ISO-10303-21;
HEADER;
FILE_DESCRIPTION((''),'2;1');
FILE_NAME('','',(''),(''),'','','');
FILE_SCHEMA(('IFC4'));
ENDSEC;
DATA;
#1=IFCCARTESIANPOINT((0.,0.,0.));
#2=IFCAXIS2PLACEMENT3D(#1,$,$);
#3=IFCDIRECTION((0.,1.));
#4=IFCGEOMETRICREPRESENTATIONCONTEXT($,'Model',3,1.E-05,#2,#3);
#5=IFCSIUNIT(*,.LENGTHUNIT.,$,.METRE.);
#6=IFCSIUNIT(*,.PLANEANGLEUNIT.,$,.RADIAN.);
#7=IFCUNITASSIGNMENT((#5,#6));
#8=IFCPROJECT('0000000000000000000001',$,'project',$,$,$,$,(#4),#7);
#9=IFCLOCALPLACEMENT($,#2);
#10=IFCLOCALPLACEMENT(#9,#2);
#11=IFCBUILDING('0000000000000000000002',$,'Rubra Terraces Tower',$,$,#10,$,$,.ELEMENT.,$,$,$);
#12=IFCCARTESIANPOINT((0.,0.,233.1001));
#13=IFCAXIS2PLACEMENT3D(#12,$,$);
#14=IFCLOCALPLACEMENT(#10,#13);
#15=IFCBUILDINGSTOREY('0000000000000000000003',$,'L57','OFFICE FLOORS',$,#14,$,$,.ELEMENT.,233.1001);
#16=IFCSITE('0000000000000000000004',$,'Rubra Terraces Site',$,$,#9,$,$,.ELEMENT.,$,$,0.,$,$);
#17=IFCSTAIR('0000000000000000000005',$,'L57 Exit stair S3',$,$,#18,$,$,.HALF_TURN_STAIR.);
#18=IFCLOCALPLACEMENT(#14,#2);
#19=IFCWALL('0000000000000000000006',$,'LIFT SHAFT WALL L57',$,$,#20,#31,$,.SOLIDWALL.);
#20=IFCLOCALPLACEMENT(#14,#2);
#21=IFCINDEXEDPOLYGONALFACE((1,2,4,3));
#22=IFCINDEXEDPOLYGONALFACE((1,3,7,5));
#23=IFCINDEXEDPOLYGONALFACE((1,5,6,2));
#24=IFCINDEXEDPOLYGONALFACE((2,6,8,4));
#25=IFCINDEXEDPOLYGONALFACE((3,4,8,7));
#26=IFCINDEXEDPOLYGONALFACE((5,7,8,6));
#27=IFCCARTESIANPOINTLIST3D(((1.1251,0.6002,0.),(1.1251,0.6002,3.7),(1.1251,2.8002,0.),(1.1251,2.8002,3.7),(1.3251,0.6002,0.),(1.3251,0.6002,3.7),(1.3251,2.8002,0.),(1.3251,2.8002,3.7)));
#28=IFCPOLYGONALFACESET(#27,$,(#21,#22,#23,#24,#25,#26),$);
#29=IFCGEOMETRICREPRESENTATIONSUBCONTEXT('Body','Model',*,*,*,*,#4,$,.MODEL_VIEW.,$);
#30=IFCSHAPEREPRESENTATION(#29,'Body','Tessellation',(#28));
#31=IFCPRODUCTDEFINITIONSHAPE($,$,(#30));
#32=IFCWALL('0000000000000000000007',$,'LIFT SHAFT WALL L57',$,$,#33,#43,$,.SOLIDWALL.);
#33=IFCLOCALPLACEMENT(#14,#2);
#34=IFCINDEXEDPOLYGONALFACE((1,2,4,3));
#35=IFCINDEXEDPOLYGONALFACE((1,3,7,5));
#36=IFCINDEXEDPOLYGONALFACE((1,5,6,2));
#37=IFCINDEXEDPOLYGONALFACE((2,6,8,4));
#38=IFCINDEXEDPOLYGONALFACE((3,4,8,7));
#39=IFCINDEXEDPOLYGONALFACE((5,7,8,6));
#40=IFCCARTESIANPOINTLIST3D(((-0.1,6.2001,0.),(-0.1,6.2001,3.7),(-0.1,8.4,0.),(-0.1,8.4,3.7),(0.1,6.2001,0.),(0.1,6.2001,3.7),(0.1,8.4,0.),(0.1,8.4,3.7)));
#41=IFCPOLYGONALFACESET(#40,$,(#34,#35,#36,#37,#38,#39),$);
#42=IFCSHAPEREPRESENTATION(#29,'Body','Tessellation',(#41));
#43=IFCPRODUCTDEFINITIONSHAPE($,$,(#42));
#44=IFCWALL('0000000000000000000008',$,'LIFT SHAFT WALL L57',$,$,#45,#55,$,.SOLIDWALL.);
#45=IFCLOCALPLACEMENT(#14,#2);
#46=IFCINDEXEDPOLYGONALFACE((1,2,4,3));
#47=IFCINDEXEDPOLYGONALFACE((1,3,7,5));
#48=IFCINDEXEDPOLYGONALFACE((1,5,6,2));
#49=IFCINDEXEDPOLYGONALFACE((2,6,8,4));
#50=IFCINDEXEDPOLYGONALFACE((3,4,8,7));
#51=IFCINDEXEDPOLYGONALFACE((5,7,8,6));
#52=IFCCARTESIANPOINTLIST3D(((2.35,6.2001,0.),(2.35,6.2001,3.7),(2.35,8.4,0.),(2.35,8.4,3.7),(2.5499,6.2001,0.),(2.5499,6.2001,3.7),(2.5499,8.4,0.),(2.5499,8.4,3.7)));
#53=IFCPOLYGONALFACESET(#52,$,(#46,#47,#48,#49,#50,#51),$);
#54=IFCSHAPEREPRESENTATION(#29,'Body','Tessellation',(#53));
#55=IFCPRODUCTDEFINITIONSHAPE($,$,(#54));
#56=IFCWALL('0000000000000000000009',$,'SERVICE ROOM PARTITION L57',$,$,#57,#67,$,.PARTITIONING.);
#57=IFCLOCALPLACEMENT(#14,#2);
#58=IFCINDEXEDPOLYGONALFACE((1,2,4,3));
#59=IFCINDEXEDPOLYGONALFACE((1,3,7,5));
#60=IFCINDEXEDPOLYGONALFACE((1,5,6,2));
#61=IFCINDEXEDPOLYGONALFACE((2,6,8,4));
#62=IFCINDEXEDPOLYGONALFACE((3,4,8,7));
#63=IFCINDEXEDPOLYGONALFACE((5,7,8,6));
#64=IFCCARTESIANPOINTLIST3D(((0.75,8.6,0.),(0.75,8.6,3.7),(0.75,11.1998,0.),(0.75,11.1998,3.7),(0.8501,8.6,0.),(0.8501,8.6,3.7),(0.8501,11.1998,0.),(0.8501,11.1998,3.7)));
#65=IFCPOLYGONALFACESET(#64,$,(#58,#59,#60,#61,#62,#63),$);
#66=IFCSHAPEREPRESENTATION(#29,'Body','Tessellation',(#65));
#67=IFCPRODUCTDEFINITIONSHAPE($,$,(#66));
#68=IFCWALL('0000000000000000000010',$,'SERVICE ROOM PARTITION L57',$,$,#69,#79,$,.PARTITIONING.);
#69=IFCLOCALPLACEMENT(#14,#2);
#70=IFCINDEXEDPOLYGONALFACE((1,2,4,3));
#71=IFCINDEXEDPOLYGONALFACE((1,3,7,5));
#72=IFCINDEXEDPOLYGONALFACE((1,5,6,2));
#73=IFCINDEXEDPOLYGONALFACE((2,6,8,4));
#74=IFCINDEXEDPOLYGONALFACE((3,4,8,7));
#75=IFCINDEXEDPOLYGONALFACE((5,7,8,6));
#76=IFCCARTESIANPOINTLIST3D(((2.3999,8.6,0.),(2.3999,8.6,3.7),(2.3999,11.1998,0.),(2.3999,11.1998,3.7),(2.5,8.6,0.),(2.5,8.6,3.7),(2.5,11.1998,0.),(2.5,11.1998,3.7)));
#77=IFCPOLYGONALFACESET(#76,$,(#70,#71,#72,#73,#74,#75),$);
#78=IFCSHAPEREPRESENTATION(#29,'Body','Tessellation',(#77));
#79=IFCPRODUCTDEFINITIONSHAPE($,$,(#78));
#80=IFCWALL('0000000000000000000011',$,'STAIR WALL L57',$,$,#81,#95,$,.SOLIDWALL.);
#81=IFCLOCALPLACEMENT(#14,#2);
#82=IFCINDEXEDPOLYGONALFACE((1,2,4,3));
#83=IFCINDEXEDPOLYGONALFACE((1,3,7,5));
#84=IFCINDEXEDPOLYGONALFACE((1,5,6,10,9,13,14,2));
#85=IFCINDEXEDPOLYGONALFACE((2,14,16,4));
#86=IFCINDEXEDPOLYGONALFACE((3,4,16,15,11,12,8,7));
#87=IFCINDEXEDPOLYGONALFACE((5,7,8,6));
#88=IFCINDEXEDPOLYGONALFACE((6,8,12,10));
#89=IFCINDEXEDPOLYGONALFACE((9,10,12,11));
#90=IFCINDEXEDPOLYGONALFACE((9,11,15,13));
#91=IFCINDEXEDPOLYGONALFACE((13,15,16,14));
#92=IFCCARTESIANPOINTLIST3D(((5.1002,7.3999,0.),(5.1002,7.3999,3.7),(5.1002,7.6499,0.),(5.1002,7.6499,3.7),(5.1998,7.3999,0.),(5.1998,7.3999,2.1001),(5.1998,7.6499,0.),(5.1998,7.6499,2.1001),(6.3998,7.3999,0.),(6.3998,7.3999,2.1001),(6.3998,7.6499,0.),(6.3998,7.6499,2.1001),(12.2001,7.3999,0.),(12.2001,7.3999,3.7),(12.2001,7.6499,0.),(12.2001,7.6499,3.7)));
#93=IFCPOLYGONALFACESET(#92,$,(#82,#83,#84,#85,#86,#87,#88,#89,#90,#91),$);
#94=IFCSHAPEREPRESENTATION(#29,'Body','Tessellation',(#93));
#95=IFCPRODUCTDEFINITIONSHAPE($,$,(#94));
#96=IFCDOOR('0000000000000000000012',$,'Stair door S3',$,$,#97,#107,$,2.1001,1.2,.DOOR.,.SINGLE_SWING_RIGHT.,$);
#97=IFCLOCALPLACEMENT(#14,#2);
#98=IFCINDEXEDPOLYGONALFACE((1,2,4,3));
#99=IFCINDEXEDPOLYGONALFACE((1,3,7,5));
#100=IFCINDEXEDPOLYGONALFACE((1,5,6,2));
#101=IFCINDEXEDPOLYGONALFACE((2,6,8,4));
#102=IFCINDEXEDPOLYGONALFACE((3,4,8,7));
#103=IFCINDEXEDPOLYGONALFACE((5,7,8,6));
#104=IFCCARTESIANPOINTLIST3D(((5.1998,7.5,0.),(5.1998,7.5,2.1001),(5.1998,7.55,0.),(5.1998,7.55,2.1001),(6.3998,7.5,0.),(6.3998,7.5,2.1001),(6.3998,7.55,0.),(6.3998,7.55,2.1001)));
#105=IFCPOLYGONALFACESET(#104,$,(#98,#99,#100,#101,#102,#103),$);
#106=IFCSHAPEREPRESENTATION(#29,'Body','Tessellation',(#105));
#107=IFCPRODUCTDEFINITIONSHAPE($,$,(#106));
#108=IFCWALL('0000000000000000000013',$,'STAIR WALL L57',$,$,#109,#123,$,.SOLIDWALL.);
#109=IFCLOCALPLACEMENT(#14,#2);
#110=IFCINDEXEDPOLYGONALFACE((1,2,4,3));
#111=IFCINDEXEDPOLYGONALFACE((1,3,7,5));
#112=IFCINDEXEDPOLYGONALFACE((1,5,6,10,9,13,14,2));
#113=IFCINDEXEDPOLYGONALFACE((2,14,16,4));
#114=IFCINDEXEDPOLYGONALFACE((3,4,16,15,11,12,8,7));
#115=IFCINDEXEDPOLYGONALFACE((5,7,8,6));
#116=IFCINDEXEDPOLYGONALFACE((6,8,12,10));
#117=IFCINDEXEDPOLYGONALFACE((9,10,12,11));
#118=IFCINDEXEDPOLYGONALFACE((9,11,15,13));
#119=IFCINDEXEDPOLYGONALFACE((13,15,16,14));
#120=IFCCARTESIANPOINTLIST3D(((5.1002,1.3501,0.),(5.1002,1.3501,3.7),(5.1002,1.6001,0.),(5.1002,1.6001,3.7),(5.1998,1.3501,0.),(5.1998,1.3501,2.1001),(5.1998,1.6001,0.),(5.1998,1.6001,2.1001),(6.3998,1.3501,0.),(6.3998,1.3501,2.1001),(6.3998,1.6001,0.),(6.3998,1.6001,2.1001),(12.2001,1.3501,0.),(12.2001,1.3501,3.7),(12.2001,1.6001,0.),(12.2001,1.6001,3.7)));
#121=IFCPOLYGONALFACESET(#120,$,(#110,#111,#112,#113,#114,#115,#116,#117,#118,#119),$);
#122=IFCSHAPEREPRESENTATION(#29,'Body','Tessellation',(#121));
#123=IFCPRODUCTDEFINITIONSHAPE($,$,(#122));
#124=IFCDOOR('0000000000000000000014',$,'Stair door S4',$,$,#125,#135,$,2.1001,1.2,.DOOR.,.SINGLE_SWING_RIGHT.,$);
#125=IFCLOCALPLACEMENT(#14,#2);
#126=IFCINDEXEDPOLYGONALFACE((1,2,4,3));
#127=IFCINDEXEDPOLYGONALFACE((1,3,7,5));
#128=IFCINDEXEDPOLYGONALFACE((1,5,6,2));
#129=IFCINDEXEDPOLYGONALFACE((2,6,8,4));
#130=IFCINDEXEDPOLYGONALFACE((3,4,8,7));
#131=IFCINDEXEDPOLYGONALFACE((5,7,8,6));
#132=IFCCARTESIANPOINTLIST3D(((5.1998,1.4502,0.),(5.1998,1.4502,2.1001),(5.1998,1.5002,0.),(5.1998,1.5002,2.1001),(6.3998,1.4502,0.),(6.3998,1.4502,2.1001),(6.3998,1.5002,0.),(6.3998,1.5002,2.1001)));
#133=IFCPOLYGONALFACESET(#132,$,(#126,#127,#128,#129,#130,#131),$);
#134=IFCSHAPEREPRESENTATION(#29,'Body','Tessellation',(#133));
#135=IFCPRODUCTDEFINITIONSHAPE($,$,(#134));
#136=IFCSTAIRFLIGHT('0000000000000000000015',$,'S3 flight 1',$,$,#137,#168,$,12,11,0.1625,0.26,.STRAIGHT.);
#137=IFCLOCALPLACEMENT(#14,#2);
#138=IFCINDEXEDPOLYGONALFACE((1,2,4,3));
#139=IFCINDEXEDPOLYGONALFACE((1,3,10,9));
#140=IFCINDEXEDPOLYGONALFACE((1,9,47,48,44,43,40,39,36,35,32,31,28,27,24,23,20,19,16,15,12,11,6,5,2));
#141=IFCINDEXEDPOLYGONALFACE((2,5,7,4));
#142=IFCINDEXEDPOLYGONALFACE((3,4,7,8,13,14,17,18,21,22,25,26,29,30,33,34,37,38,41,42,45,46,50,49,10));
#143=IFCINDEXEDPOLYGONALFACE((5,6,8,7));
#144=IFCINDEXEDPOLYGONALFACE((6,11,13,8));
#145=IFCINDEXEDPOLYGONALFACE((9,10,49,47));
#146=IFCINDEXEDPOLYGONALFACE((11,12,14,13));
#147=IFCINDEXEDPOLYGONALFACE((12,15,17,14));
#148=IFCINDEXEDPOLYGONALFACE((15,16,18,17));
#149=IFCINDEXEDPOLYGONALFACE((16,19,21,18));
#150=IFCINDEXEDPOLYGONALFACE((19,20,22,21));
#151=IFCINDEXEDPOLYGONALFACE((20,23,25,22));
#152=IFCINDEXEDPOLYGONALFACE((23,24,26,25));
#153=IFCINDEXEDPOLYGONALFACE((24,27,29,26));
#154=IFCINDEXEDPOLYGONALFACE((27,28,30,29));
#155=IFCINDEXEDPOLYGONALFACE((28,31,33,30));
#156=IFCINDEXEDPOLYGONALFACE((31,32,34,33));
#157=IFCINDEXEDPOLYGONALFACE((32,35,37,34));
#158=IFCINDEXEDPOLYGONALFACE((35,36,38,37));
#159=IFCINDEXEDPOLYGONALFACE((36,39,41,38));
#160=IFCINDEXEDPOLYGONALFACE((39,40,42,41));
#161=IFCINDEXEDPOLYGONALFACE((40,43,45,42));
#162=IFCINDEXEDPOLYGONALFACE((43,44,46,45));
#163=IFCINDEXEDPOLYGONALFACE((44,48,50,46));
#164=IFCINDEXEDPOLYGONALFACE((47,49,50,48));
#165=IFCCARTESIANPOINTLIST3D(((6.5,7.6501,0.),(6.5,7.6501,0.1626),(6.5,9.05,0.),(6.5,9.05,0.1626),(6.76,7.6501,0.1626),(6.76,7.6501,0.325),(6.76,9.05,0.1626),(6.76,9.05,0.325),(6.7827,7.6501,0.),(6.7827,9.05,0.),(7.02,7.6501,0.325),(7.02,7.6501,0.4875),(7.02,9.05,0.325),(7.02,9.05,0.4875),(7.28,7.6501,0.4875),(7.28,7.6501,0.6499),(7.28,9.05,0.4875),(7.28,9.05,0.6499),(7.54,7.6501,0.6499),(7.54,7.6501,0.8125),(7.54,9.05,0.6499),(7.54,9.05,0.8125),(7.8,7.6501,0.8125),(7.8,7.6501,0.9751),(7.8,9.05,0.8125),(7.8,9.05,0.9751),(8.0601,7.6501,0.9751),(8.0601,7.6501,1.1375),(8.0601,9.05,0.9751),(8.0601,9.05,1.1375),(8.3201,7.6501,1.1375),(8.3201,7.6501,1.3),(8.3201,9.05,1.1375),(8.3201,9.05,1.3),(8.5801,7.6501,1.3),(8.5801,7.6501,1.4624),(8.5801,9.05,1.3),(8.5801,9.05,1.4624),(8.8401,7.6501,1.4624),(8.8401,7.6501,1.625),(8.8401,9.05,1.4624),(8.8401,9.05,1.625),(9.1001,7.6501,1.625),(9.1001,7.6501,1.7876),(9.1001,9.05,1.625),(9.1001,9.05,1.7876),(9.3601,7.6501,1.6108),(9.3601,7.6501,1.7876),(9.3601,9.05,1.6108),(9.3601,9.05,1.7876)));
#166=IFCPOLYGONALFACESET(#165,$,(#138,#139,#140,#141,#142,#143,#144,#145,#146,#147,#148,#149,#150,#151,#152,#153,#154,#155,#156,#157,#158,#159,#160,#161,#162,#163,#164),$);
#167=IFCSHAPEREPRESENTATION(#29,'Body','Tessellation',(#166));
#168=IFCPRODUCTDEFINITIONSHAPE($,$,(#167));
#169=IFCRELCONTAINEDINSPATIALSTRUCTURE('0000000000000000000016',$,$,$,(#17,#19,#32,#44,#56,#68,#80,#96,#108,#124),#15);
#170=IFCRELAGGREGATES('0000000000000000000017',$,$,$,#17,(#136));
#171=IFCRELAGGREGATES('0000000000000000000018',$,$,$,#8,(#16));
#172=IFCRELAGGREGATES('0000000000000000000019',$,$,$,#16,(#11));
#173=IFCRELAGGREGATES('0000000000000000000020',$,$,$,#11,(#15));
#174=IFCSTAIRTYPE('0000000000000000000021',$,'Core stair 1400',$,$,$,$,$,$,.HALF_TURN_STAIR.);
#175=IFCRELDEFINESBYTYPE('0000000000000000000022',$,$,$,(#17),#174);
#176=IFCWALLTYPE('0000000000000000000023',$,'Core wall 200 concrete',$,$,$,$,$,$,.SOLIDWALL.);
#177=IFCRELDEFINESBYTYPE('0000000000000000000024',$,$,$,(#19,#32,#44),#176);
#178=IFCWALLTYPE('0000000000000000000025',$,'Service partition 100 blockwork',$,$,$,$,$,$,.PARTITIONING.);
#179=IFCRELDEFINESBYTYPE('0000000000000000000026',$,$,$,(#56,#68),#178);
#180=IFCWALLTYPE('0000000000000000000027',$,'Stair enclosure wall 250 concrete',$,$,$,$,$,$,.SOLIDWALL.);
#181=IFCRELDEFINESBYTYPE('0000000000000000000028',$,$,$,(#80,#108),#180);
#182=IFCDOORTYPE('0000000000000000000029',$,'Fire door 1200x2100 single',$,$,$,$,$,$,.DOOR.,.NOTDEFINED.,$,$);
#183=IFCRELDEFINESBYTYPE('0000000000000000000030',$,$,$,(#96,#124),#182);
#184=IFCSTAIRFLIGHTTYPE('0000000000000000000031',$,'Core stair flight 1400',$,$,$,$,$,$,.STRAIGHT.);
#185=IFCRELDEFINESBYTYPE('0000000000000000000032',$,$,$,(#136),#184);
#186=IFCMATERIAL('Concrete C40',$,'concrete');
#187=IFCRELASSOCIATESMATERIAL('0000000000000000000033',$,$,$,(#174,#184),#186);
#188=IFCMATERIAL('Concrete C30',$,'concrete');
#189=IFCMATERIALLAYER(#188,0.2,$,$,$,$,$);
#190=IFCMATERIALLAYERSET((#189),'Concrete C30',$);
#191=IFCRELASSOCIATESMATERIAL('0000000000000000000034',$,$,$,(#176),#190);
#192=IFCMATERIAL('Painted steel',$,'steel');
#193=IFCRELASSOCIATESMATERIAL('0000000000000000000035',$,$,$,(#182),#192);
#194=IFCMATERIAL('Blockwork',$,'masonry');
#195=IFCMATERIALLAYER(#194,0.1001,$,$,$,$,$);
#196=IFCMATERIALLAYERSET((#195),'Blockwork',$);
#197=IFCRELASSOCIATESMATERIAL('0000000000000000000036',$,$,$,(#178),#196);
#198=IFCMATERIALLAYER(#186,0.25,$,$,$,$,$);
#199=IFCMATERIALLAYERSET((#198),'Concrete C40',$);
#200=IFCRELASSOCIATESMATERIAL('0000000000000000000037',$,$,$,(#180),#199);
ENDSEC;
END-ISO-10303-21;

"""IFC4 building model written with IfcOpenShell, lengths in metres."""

from ifc_helpers import new_model, si_unit, direction, frame, frame_2d, origin, place, context, subcontext, project, spatial, polyline, rectangle, outline, extrude, material, layer, layer_set, type_object, element, fill, aggregate, save


model = new_model("IFC4")

# Units and contexts
model_context = context("Model", 3, precision=1e-05, world=origin(), true_north=direction((0.0, 1.0)))
body_context = subcontext(model_context, "Body", "Model", "MODEL_VIEW")
ifc_project = project(units=[si_unit("LENGTHUNIT", "METRE"), si_unit("PLANEANGLEUNIT", "RADIAN")], contexts=[model_context])

# Site, building, storey
site_placement = place(None, origin())
site = spatial("IfcSite", under=ifc_project, at=site_placement, Name="Rubra Terraces Site", CompositionType="ELEMENT", RefElevation=0.0)
building_placement = place(site_placement, origin())
building = spatial("IfcBuilding", under=site, at=building_placement, Name="Rubra Terraces Tower", CompositionType="ELEMENT")
storey_placement = place(building_placement, frame((0.0, 0.0, 233.1001)))
storey = spatial("IfcBuildingStorey", under=building, at=storey_placement, Name="L57", Description="OFFICE FLOORS", CompositionType="ELEMENT", Elevation=233.1001)

# Stair
ifc_material_1 = material(Name="Concrete C40", Category="concrete")
stair_type = type_object("IfcStairType", Name="Core stair 1400", PredefinedType="HALF_TURN_STAIR", material=ifc_material_1)
stair_1_placement = place(storey_placement, origin())
stair_1 = element("IfcStair", 1, at=stair_1_placement, inside=storey, type_object=stair_type, Name="L57 Exit stair S3", PredefinedType="HALF_TURN_STAIR")

# Shared definitions
ifc_material_2 = material(Name="Concrete C30", Category="concrete")
ifc_layer_1 = layer(ifc_material_2, 0.2)
ifc_layer_set_1 = layer_set([ifc_layer_1], Name="Concrete C30")
wall_type_1 = type_object("IfcWallType", Name="Core wall 200 concrete", PredefinedType="SOLIDWALL", material=ifc_layer_set_1)
ifc_material_3 = material(Name="Painted steel", Category="steel")
door_type_1 = type_object("IfcDoorType", Name="Fire door 1200x2100 single", OperationType="NOTDEFINED", PredefinedType="DOOR", material=ifc_material_3)

# Walls
for number, where, z_axis, x_axis, name in (
    (2, (1.2251, 0.6001, 0.0), (0.0, 0.0, 1.0), (0.0, 1.0, 0.0), "LIFT SHAFT WALL L57"),
    (3, (0.0, 6.2, 0.0), (0.0, 0.0, 1.0), (0.0, 1.0, 0.0), "LIFT SHAFT WALL L57"),
    (4, (2.45, 6.2, 0.0), (0.0, 0.0, 1.0), (0.0, 1.0, 0.0), "LIFT SHAFT WALL L57"),
):
    element("IfcWall", number, at=place(storey_placement, frame(where, z_axis=z_axis, x_axis=x_axis)), inside=storey, type_object=wall_type_1, Name=name, PredefinedType="SOLIDWALL", context=body_context, shape_type="SweptSolid", body=[
        extrude(rectangle(XDim=2.2, YDim=0.2, at=frame_2d((1.1001, 0.0))), origin(), (0.0, 0.0, 1.0), 3.7),
    ])
ifc_material_4 = material(Name="Blockwork", Category="masonry")
ifc_layer_2 = layer(ifc_material_4, 0.1001)
ifc_layer_set_2 = layer_set([ifc_layer_2], Name="Blockwork")
wall_type_2 = type_object("IfcWallType", Name="Service partition 100 blockwork", PredefinedType="PARTITIONING", material=ifc_layer_set_2)
for number, where, z_axis, x_axis, name in (
    (5, (0.8, 8.6001, 0.0), (0.0, 0.0, 1.0), (0.0, 1.0, 0.0), "SERVICE ROOM PARTITION L57"),
    (6, (2.45, 8.6001, 0.0), (0.0, 0.0, 1.0), (0.0, 1.0, 0.0), "SERVICE ROOM PARTITION L57"),
):
    element("IfcWall", number, at=place(storey_placement, frame(where, z_axis=z_axis, x_axis=x_axis)), inside=storey, type_object=wall_type_2, Name=name, PredefinedType="PARTITIONING", context=body_context, shape_type="SweptSolid", body=[
        extrude(rectangle(XDim=2.5999, YDim=0.1001, at=frame_2d((1.2998, 0.0))), origin(), (0.0, 0.0, 1.0), 3.7),
    ])

# Walls, openings, doors
ifc_layer_3 = layer(ifc_material_1, 0.25)
ifc_layer_set_3 = layer_set([ifc_layer_3], Name="Concrete C40")
wall_type_3 = type_object("IfcWallType", Name="Stair enclosure wall 250 concrete", PredefinedType="SOLIDWALL", material=ifc_layer_set_3)
wall_1_placement = place(storey_placement, frame((12.2, 7.5249, 0.0), z_axis=(0.0, 0.0, 1.0), x_axis=(-1.0, 0.0, 0.0)))
wall_1 = element("IfcWall", 7, at=wall_1_placement, inside=storey, type_object=wall_type_3, Name="STAIR WALL L57", PredefinedType="SOLIDWALL", context=body_context, shape_type="SweptSolid", body=[
    extrude(rectangle(XDim=7.0999, YDim=0.25, at=frame_2d((3.5498, 0.0))), origin(), (0.0, 0.0, 1.0), 3.7),
])
opening_1_placement = place(wall_1_placement, frame((5.8, 0.0, 0.0)))
opening_1 = element("IfcOpeningElement", 8, at=opening_1_placement, cuts=wall_1, PredefinedType="OPENING", context=body_context, shape_type="SweptSolid", body=[
    extrude(rectangle(XDim=1.2, YDim=2.1001, at=frame_2d((0.6001, 1.05))), frame((0.0, 0.135, 0.0), z_axis=(0.0, -1.0, 0.0), x_axis=(1.0, 0.0, 0.0)), (0.0, 0.0, 1.0), 0.27),
])
door_1_placement = place(opening_1_placement, origin())
door_1 = element("IfcDoor", 9, at=door_1_placement, inside=storey, type_object=door_type_1, Name="Stair door S3", OperationType="SINGLE_SWING_RIGHT", OverallHeight=2.1001, OverallWidth=1.2, PredefinedType="DOOR", context=body_context, shape_type="SweptSolid", body=[
    extrude(rectangle(XDim=1.2, YDim=2.1001, at=frame_2d((0.6001, 1.05))), frame((0.0, 0.0249, 0.0), z_axis=(0.0, -1.0, 0.0), x_axis=(1.0, 0.0, 0.0)), (0.0, 0.0, 1.0), 0.05),
])
fill(opening_1, door_1)
wall_2_placement = place(storey_placement, frame((12.2, 1.4751, 0.0), z_axis=(0.0, 0.0, 1.0), x_axis=(-1.0, 0.0, 0.0)))
wall_2 = element("IfcWall", 10, at=wall_2_placement, inside=storey, type_object=wall_type_3, Name="STAIR WALL L57", PredefinedType="SOLIDWALL", context=body_context, shape_type="SweptSolid", body=[
    extrude(rectangle(XDim=7.0999, YDim=0.25, at=frame_2d((3.5498, 0.0))), origin(), (0.0, 0.0, 1.0), 3.7),
])
opening_2_placement = place(wall_2_placement, frame((5.8, 0.0, 0.0)))
opening_2 = element("IfcOpeningElement", 11, at=opening_2_placement, cuts=wall_2, PredefinedType="OPENING", context=body_context, shape_type="SweptSolid", body=[
    extrude(rectangle(XDim=1.2, YDim=2.1001, at=frame_2d((0.6001, 1.05))), frame((0.0, 0.135, 0.0), z_axis=(0.0, -1.0, 0.0), x_axis=(1.0, 0.0, 0.0)), (0.0, 0.0, 1.0), 0.27),
])
door_2_placement = place(opening_2_placement, origin())
door_2 = element("IfcDoor", 12, at=door_2_placement, inside=storey, type_object=door_type_1, Name="Stair door S4", OperationType="SINGLE_SWING_RIGHT", OverallHeight=2.1001, OverallWidth=1.2, PredefinedType="DOOR", context=body_context, shape_type="SweptSolid", body=[
    extrude(rectangle(XDim=1.2, YDim=2.1001, at=frame_2d((0.6001, 1.05))), frame((0.0, 0.0249, 0.0), z_axis=(0.0, -1.0, 0.0), x_axis=(1.0, 0.0, 0.0)), (0.0, 0.0, 1.0), 0.05),
])
fill(opening_2, door_2)

# Stair flight
stair_flight_type = type_object("IfcStairFlightType", Name="Core stair flight 1400", PredefinedType="STRAIGHT", material=ifc_material_1)
stair_flight_1_placement = place(storey_placement, frame((6.5, 8.3501, 0.0), z_axis=(0.0, 0.0, 1.0), x_axis=(1.0, 0.0, 0.0)))
stair_flight_1 = element("IfcStairFlight", 13, at=stair_flight_1_placement, type_object=stair_flight_type, Name="S3 flight 1", NumberOfRisers=12, NumberOfTreads=11, PredefinedType="STRAIGHT", RiserHeight=0.1625, TreadLength=0.26, context=body_context, shape_type="SweptSolid", body=[
    extrude(outline(polyline([(0.0, 0.0), (0.0, 0.1626), (0.26, 0.1626), (0.26, 0.325), (0.52, 0.325), (0.52, 0.4875), (0.78, 0.4875), (0.78, 0.6499), (1.04, 0.6499), (1.04, 0.8125), (1.3, 0.8125), (1.3, 0.9751), (1.5601, 0.9751), (1.5601, 1.1375), (1.8201, 1.1375), (1.8201, 1.3), (2.0801, 1.3), (2.0801, 1.4624), (2.3401, 1.4624), (2.3401, 1.625), (2.6001, 1.625), (2.6001, 1.7876), (2.8601, 1.7876), (2.8601, 1.95), (2.8601, 1.6108), (0.2827, 0.0), (0.0, 0.0)])), frame((0.0, 0.7, 0.0), z_axis=(0.0, -1.0, 0.0), x_axis=(1.0, 0.0, 0.0)), (0.0, 0.0, 1.0), 1.3999),
])
aggregate(stair_1, [stair_flight_1])

save(model, "model.ifc")
